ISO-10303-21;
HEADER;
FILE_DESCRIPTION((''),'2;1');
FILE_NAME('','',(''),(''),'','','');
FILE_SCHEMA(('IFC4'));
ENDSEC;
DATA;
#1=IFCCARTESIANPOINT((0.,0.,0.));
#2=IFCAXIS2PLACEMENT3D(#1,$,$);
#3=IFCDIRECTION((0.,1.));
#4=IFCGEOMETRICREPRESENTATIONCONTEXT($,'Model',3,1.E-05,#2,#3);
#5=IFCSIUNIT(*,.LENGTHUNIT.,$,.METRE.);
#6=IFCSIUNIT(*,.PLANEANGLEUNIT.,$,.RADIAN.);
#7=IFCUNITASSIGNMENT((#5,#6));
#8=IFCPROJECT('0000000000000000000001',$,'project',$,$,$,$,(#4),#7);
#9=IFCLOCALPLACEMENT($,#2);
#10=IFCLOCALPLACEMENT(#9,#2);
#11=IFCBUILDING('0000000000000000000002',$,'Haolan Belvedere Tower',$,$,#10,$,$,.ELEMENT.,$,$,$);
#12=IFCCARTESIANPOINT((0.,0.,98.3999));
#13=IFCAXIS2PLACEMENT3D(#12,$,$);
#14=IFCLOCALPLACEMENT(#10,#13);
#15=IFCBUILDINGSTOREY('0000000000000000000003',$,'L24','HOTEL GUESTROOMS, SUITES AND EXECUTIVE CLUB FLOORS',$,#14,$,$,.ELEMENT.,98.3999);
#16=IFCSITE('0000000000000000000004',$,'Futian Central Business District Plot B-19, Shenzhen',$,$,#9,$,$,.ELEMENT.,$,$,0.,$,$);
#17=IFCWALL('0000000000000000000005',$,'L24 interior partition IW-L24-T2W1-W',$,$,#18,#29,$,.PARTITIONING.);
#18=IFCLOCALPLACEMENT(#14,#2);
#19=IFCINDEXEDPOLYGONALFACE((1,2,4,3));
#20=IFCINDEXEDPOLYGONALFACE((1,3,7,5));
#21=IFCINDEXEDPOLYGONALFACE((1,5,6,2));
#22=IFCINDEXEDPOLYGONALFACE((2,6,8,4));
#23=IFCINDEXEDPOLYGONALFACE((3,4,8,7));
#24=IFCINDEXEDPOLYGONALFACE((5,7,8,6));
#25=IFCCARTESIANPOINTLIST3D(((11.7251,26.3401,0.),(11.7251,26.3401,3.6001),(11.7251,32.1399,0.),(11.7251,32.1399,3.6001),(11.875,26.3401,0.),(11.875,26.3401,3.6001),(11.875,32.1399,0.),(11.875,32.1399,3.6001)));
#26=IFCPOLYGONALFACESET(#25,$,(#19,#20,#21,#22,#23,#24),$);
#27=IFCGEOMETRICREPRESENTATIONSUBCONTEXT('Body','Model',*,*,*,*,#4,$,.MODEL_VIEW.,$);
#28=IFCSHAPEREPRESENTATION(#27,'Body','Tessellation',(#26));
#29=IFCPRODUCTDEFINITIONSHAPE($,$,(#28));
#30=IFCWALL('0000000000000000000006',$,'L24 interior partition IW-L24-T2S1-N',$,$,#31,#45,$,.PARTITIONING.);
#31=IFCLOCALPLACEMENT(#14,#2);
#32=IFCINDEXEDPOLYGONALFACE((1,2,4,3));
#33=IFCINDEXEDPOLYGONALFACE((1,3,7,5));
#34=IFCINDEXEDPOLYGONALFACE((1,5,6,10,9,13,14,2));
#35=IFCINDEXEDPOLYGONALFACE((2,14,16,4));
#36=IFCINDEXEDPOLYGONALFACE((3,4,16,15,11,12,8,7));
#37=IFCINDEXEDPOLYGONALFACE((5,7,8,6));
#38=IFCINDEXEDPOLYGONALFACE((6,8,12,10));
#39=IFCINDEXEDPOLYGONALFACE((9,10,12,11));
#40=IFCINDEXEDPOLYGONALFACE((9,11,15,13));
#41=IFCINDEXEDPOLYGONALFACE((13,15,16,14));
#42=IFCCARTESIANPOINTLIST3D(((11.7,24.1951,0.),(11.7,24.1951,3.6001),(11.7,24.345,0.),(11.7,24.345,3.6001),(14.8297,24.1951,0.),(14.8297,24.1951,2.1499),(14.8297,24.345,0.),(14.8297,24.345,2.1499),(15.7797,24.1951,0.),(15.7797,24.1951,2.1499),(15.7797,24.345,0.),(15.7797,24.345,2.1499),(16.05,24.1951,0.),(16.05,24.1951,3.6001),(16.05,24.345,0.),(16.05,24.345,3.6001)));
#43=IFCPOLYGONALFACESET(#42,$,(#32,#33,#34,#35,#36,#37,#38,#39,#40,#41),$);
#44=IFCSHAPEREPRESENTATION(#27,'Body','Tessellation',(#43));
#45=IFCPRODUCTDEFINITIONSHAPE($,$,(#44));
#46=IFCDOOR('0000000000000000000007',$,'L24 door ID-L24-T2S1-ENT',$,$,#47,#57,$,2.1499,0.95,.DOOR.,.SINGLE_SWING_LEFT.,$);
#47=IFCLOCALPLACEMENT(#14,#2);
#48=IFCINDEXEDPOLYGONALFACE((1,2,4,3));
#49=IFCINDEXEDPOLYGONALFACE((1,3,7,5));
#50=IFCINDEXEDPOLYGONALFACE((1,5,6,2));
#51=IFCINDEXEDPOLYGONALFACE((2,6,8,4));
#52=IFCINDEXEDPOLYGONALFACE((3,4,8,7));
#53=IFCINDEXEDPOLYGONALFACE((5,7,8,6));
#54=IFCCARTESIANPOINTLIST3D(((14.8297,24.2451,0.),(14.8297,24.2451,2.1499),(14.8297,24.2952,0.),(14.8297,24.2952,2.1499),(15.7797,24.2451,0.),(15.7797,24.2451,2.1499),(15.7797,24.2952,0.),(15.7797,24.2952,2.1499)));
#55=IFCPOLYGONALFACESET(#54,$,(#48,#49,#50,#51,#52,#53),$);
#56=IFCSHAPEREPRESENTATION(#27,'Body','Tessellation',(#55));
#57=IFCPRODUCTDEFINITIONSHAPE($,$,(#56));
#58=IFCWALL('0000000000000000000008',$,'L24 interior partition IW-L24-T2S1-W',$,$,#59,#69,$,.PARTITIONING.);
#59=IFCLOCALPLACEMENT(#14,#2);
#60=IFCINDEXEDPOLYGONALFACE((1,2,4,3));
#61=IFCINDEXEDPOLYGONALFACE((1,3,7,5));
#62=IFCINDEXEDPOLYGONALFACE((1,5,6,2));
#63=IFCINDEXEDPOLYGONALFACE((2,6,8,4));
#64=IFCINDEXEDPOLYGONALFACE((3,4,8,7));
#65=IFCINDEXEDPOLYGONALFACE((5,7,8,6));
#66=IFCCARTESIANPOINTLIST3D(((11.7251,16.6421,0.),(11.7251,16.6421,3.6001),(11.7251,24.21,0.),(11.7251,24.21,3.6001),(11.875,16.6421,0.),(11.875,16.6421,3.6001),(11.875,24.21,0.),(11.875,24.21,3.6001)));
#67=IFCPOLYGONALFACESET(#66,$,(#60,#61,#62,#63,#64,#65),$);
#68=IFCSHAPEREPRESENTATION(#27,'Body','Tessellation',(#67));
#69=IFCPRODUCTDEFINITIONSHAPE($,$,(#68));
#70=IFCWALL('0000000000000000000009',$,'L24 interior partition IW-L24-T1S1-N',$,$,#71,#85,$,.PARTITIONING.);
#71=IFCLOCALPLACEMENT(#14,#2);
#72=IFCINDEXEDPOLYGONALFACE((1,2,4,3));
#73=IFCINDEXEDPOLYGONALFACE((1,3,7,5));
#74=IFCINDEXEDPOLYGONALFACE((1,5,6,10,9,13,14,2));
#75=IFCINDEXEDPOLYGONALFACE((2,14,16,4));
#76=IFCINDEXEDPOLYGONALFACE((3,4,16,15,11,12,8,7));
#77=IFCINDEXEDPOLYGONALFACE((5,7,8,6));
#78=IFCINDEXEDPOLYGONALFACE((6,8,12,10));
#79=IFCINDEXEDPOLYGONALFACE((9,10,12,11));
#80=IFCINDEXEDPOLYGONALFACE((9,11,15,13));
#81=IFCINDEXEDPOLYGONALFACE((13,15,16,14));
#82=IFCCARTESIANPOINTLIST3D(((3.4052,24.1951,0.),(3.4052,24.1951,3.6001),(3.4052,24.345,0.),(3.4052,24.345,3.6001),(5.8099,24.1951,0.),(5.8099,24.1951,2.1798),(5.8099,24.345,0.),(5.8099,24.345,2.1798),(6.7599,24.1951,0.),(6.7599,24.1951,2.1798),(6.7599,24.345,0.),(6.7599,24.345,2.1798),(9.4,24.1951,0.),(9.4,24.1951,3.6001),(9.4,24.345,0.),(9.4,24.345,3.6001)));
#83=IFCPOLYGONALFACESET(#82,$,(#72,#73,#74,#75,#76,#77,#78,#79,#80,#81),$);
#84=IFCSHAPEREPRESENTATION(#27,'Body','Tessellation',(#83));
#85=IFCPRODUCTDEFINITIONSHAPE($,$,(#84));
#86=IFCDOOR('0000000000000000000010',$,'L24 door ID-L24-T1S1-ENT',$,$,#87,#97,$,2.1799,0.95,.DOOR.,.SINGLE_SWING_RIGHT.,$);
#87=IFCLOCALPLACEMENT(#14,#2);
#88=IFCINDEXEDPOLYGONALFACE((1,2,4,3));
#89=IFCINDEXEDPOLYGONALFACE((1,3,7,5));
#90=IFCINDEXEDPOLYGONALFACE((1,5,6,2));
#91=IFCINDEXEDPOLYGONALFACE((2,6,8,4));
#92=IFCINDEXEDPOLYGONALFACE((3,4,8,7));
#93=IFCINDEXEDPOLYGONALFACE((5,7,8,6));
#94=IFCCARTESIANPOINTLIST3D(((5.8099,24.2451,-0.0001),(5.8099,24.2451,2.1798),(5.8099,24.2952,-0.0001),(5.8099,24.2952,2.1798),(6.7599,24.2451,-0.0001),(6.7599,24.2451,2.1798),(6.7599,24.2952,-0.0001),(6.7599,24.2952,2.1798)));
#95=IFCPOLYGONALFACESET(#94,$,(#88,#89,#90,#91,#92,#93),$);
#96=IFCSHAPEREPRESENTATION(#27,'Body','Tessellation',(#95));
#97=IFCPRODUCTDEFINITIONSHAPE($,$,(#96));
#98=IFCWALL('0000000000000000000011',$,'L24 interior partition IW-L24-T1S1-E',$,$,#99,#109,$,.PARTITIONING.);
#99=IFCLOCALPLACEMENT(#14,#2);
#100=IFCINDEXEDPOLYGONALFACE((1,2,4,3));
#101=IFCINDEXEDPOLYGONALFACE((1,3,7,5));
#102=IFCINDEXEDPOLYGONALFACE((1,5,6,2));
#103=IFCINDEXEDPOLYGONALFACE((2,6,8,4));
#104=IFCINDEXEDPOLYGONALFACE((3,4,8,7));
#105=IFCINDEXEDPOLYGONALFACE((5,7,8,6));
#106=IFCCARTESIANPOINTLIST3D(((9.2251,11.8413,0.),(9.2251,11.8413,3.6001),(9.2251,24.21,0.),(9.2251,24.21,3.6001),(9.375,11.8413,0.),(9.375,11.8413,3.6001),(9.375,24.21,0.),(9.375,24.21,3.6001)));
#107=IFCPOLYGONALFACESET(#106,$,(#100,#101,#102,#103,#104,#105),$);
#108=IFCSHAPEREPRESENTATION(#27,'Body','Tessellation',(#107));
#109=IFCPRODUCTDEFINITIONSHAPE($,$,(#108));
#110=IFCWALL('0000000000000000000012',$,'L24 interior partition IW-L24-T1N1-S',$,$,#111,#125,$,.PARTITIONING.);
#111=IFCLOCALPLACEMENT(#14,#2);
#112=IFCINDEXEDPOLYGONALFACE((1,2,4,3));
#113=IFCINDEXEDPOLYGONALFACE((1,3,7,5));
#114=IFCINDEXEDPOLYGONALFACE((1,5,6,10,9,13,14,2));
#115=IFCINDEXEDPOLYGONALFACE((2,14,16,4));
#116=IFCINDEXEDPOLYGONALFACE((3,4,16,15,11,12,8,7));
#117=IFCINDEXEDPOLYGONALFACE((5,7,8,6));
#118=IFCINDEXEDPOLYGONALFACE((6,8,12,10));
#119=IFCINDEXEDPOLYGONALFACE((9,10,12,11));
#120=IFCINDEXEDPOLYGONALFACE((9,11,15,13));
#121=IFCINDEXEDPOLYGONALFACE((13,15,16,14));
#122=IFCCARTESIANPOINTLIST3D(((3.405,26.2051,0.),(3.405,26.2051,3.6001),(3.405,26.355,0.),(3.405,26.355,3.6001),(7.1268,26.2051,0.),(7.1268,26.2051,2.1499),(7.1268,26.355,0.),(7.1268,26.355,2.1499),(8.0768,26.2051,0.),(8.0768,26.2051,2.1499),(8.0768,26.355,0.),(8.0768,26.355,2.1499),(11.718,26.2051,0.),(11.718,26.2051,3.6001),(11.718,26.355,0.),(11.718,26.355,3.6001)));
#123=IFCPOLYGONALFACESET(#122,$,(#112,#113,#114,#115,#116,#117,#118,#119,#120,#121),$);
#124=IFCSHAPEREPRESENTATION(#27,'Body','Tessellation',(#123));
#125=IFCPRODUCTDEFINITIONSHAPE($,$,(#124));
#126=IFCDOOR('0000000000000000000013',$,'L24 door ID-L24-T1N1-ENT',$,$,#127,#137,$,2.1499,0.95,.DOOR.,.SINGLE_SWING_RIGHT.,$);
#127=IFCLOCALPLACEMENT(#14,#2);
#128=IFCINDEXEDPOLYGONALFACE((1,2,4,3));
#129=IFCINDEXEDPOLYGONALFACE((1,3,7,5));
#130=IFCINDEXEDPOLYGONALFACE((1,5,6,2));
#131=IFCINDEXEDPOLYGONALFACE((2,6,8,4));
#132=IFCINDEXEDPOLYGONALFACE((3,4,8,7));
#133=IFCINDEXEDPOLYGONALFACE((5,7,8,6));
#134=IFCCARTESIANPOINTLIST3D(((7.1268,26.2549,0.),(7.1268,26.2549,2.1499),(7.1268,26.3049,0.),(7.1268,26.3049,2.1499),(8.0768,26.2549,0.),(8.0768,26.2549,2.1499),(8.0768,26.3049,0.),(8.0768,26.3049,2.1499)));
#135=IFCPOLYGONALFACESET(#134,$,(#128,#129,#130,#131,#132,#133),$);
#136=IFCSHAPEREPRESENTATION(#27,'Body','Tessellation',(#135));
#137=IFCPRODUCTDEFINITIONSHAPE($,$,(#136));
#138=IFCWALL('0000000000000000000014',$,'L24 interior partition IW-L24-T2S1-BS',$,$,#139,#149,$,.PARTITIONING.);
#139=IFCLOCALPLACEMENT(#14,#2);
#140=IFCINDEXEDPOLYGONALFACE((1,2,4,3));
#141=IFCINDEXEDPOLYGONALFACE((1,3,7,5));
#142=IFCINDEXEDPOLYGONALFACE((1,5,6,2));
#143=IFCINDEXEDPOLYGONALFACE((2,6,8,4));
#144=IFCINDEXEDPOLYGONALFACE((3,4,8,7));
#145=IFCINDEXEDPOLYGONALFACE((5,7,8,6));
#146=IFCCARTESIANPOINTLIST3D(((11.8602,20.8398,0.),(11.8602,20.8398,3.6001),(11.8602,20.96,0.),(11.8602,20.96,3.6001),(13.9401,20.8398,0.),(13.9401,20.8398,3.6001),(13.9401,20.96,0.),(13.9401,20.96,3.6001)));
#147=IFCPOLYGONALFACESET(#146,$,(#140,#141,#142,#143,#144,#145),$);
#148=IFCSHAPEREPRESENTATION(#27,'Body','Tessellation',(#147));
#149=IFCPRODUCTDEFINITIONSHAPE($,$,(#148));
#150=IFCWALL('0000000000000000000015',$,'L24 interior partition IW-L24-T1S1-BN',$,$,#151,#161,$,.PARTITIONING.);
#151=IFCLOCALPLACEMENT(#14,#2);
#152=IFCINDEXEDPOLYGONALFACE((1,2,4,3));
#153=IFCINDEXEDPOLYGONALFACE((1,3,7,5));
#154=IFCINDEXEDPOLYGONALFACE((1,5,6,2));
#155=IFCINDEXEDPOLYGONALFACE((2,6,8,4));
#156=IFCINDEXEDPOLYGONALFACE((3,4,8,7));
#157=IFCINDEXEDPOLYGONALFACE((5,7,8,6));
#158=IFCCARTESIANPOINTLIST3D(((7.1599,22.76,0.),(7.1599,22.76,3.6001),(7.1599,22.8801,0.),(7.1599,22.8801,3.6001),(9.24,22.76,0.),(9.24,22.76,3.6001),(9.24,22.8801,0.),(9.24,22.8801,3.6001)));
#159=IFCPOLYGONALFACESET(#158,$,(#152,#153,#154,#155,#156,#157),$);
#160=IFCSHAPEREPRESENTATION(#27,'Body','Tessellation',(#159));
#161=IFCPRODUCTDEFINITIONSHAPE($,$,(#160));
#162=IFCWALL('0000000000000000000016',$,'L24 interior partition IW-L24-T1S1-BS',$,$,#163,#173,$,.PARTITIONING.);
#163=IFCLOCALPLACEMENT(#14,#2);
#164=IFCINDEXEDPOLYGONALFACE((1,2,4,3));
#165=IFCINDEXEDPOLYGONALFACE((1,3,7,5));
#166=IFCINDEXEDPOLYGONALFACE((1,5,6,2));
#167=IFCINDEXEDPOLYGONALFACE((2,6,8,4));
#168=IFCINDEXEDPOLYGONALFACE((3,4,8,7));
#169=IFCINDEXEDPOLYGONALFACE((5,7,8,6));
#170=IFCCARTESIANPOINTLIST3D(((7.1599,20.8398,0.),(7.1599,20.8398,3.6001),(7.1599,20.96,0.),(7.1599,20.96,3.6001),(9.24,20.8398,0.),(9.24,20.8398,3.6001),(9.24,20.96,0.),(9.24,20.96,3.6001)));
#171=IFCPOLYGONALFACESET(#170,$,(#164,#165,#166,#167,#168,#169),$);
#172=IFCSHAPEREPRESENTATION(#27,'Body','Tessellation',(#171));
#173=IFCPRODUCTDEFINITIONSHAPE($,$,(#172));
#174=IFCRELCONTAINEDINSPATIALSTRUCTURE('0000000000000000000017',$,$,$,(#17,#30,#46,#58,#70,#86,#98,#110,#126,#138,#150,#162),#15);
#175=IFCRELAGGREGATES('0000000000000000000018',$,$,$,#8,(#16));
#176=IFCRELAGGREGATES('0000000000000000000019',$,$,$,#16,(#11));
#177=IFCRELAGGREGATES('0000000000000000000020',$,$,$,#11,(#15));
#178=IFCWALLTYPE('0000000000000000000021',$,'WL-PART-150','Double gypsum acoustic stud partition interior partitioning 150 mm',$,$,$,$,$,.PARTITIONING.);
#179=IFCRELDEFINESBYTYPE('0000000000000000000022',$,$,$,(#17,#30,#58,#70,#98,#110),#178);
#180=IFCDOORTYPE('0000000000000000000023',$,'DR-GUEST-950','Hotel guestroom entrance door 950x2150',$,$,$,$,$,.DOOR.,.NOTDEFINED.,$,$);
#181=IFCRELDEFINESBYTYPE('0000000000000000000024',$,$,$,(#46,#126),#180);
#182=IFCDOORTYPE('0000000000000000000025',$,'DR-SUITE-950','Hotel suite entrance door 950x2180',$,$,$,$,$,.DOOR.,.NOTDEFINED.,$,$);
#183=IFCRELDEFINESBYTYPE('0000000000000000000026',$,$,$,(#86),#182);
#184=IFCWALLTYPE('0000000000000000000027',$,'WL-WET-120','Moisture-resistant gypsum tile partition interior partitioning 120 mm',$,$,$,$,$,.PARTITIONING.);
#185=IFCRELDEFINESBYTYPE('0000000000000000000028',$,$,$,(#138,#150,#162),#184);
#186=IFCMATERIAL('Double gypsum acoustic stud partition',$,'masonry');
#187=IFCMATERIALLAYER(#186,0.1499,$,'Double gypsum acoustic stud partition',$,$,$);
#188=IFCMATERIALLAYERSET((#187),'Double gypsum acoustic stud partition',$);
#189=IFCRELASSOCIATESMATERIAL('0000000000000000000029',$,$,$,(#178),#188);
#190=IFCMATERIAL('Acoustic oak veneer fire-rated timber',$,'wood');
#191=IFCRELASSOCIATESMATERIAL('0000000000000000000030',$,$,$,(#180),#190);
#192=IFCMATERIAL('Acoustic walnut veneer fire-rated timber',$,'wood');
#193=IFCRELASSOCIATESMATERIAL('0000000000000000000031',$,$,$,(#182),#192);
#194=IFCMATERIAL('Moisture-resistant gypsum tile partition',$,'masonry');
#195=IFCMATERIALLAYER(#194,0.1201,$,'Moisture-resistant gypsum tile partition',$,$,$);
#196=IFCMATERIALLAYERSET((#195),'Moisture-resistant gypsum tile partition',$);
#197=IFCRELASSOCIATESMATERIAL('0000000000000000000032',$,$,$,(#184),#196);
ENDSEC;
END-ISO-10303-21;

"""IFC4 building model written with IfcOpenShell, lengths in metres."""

from ifc_helpers import new_model, si_unit, direction, frame, frame_2d, origin, place, context, subcontext, project, spatial, rectangle, extrude, material, layer, layer_set, type_object, element, fill, save


model = new_model("IFC4")

# Units and contexts
model_context = context("Model", 3, precision=1e-05, world=origin(), true_north=direction((0.0, 1.0)))
body_context = subcontext(model_context, "Body", "Model", "MODEL_VIEW")
ifc_project = project(units=[si_unit("LENGTHUNIT", "METRE"), si_unit("PLANEANGLEUNIT", "RADIAN")], contexts=[model_context])

# Site, building, storey
site_placement = place(None, origin())
site = spatial("IfcSite", under=ifc_project, at=site_placement, Name="Futian Central Business District Plot B-19, Shenzhen", CompositionType="ELEMENT", RefElevation=0.0)
building_placement = place(site_placement, origin())
building = spatial("IfcBuilding", under=site, at=building_placement, Name="Haolan Belvedere Tower", CompositionType="ELEMENT")
storey_placement = place(building_placement, frame((0.0, 0.0, 98.3999)))
storey = spatial("IfcBuildingStorey", under=building, at=storey_placement, Name="L24", Description="HOTEL GUESTROOMS, SUITES AND EXECUTIVE CLUB FLOORS", CompositionType="ELEMENT", Elevation=98.3999)

# Wall
ifc_material_1 = material(Name="Double gypsum acoustic stud partition", Category="masonry")
ifc_layer_1 = layer(ifc_material_1, 0.1499, Name="Double gypsum acoustic stud partition")
ifc_layer_set_1 = layer_set([ifc_layer_1], Name="Double gypsum acoustic stud partition")
wall_type_1 = type_object("IfcWallType", Name="WL-PART-150", Description="Double gypsum acoustic stud partition interior partitioning 150 mm", PredefinedType="PARTITIONING", material=ifc_layer_set_1)
wall_1_placement = place(storey_placement, frame((11.8, 26.3401, 0.0), z_axis=(0.0, 0.0, 1.0), x_axis=(0.0, 1.0, 0.0)))
element("IfcWall", 1, at=wall_1_placement, inside=storey, type_object=wall_type_1, Name="L24 interior partition IW-L24-T2W1-W", PredefinedType="PARTITIONING", context=body_context, shape_type="SweptSolid", body=[
    extrude(rectangle(XDim=5.7998, YDim=0.1499, at=frame_2d((2.8999, 0.0))), origin(), (0.0, 0.0, 1.0), 3.6001),
])

# Wall, opening, door
wall_2_placement = place(storey_placement, frame((11.7, 24.27, 0.0), z_axis=(0.0, 0.0, 1.0), x_axis=(1.0, 0.0, 0.0)))
wall_2 = element("IfcWall", 2, at=wall_2_placement, inside=storey, type_object=wall_type_1, Name="L24 interior partition IW-L24-T2S1-N", PredefinedType="PARTITIONING", context=body_context, shape_type="SweptSolid", body=[
    extrude(rectangle(XDim=4.3501, YDim=0.1499, at=frame_2d((2.175, 0.0))), origin(), (0.0, 0.0, 1.0), 3.6001),
])
opening_1_placement = place(wall_2_placement, frame((4.0798, 0.0, 0.0), z_axis=(0.0, 0.0, 1.0), x_axis=(-1.0, 0.0, 0.0)))
opening_1 = element("IfcOpeningElement", 3, at=opening_1_placement, cuts=wall_2, PredefinedType="OPENING", context=body_context, shape_type="SweptSolid", body=[
    extrude(rectangle(XDim=0.95, YDim=2.1499, at=frame_2d((0.4751, 1.075))), frame((0.0, 0.085, 0.0), z_axis=(0.0, -1.0, 0.0), x_axis=(1.0, 0.0, 0.0)), (0.0, 0.0, 1.0), 0.1699),
])
ifc_material_2 = material(Name="Acoustic oak veneer fire-rated timber", Category="wood")
door_type_1 = type_object("IfcDoorType", Name="DR-GUEST-950", Description="Hotel guestroom entrance door 950x2150", OperationType="NOTDEFINED", PredefinedType="DOOR", material=ifc_material_2)
door_1_placement = place(opening_1_placement, origin())
door_1 = element("IfcDoor", 4, at=door_1_placement, inside=storey, type_object=door_type_1, Name="L24 door ID-L24-T2S1-ENT", OperationType="SINGLE_SWING_LEFT", OverallHeight=2.1499, OverallWidth=0.95, PredefinedType="DOOR", context=body_context, shape_type="SweptSolid", body=[
    extrude(rectangle(XDim=0.95, YDim=2.1499, at=frame_2d((0.4751, 1.075))), frame((0.0, 0.0249, 0.0), z_axis=(0.0, -1.0, 0.0), x_axis=(1.0, 0.0, 0.0)), (0.0, 0.0, 1.0), 0.05),
])
fill(opening_1, door_1)

# Wall
wall_3_placement = place(storey_placement, frame((11.8, 16.6421, 0.0), z_axis=(0.0, 0.0, 1.0), x_axis=(0.0, 1.0, 0.0)))
element("IfcWall", 5, at=wall_3_placement, inside=storey, type_object=wall_type_1, Name="L24 interior partition IW-L24-T2S1-W", PredefinedType="PARTITIONING", context=body_context, shape_type="SweptSolid", body=[
    extrude(rectangle(XDim=7.5679, YDim=0.1499, at=frame_2d((3.7839, 0.0))), origin(), (0.0, 0.0, 1.0), 3.6001),
])

# Wall, opening, door
wall_4_placement = place(storey_placement, frame((3.405, 24.27, 0.0), z_axis=(0.0, 0.0, 1.0), x_axis=(1.0, 0.0, 0.0)))
wall_4 = element("IfcWall", 6, at=wall_4_placement, inside=storey, type_object=wall_type_1, Name="L24 interior partition IW-L24-T1S1-N", PredefinedType="PARTITIONING", context=body_context, shape_type="SweptSolid", body=[
    extrude(rectangle(XDim=5.9949, YDim=0.1499, at=frame_2d((2.9976, 0.0))), origin(), (0.0, 0.0, 1.0), 3.6001),
])
opening_2_placement = place(wall_4_placement, frame((3.355, 0.0, 0.0), z_axis=(0.0, 0.0, 1.0), x_axis=(-1.0, 0.0, 0.0)))
opening_2 = element("IfcOpeningElement", 7, at=opening_2_placement, cuts=wall_4, PredefinedType="OPENING", context=body_context, shape_type="SweptSolid", body=[
    extrude(rectangle(XDim=0.95, YDim=2.1799, at=frame_2d((0.4751, 1.0898))), frame((0.0, 0.085, 0.0), z_axis=(0.0, -1.0, 0.0), x_axis=(1.0, 0.0, 0.0)), (0.0, 0.0, 1.0), 0.1699),
])
ifc_material_3 = material(Name="Acoustic walnut veneer fire-rated timber", Category="wood")
door_type_2 = type_object("IfcDoorType", Name="DR-SUITE-950", Description="Hotel suite entrance door 950x2180", OperationType="NOTDEFINED", PredefinedType="DOOR", material=ifc_material_3)
door_2_placement = place(opening_2_placement, origin())
door_2 = element("IfcDoor", 8, at=door_2_placement, inside=storey, type_object=door_type_2, Name="L24 door ID-L24-T1S1-ENT", OperationType="SINGLE_SWING_RIGHT", OverallHeight=2.1799, OverallWidth=0.95, PredefinedType="DOOR", context=body_context, shape_type="SweptSolid", body=[
    extrude(rectangle(XDim=0.95, YDim=2.1799, at=frame_2d((0.4751, 1.0898))), frame((0.0, 0.0249, 0.0), z_axis=(0.0, -1.0, 0.0), x_axis=(1.0, 0.0, 0.0)), (0.0, 0.0, 1.0), 0.05),
])
fill(opening_2, door_2)

# Wall
wall_5_placement = place(storey_placement, frame((9.3, 11.8413, 0.0), z_axis=(0.0, 0.0, 1.0), x_axis=(0.0, 1.0, 0.0)))
element("IfcWall", 9, at=wall_5_placement, inside=storey, type_object=wall_type_1, Name="L24 interior partition IW-L24-T1S1-E", PredefinedType="PARTITIONING", context=body_context, shape_type="SweptSolid", body=[
    extrude(rectangle(XDim=12.3687, YDim=0.1499, at=frame_2d((6.1843, 0.0))), origin(), (0.0, 0.0, 1.0), 3.6001),
])

# Wall, opening, door
wall_6_placement = place(storey_placement, frame((3.405, 26.28, 0.0), z_axis=(0.0, 0.0, 1.0), x_axis=(1.0, 0.0, 0.0)))
wall_6 = element("IfcWall", 10, at=wall_6_placement, inside=storey, type_object=wall_type_1, Name="L24 interior partition IW-L24-T1N1-S", PredefinedType="PARTITIONING", context=body_context, shape_type="SweptSolid", body=[
    extrude(rectangle(XDim=8.313, YDim=0.1499, at=frame_2d((4.1565, 0.0))), origin(), (0.0, 0.0, 1.0), 3.6001),
])
opening_3_placement = place(wall_6_placement, frame((3.7217, 0.0, 0.0)))
opening_3 = element("IfcOpeningElement", 11, at=opening_3_placement, cuts=wall_6, PredefinedType="OPENING", context=body_context, shape_type="SweptSolid", body=[
    extrude(rectangle(XDim=0.95, YDim=2.1499, at=frame_2d((0.4751, 1.075))), frame((0.0, 0.085, 0.0), z_axis=(0.0, -1.0, 0.0), x_axis=(1.0, 0.0, 0.0)), (0.0, 0.0, 1.0), 0.1699),
])
door_3_placement = place(opening_3_placement, origin())
door_3 = element("IfcDoor", 12, at=door_3_placement, inside=storey, type_object=door_type_1, Name="L24 door ID-L24-T1N1-ENT", OperationType="SINGLE_SWING_RIGHT", OverallHeight=2.1499, OverallWidth=0.95, PredefinedType="DOOR", context=body_context, shape_type="SweptSolid", body=[
    extrude(rectangle(XDim=0.95, YDim=2.1499, at=frame_2d((0.4751, 1.075))), frame((0.0, 0.0249, 0.0), z_axis=(0.0, -1.0, 0.0), x_axis=(1.0, 0.0, 0.0)), (0.0, 0.0, 1.0), 0.05),
])
fill(opening_3, door_3)

# Walls
ifc_material_4 = material(Name="Moisture-resistant gypsum tile partition", Category="masonry")
ifc_layer_2 = layer(ifc_material_4, 0.1201, Name="Moisture-resistant gypsum tile partition")
ifc_layer_set_2 = layer_set([ifc_layer_2], Name="Moisture-resistant gypsum tile partition")
wall_type_2 = type_object("IfcWallType", Name="WL-WET-120", Description="Moisture-resistant gypsum tile partition interior partitioning 120 mm", PredefinedType="PARTITIONING", material=ifc_layer_set_2)
wall_7_placement = place(storey_placement, frame((11.8601, 20.8999, 0.0), z_axis=(0.0, 0.0, 1.0), x_axis=(1.0, 0.0, 0.0)))
element("IfcWall", 13, at=wall_7_placement, inside=storey, type_object=wall_type_2, Name="L24 interior partition IW-L24-T2S1-BS", PredefinedType="PARTITIONING", context=body_context, shape_type="SweptSolid", body=[
    extrude(rectangle(XDim=2.0798, YDim=0.1201, at=frame_2d((1.04, 0.0))), origin(), (0.0, 0.0, 1.0), 3.6001),
])
for number, where, z_axis, x_axis, name in (
    (14, (7.1599, 22.8201, 0.0), (0.0, 0.0, 1.0), (1.0, 0.0, 0.0), "L24 interior partition IW-L24-T1S1-BN"),
    (15, (7.1599, 20.8999, 0.0), (0.0, 0.0, 1.0), (1.0, 0.0, 0.0), "L24 interior partition IW-L24-T1S1-BS"),
):
    element("IfcWall", number, at=place(storey_placement, frame(where, z_axis=z_axis, x_axis=x_axis)), inside=storey, type_object=wall_type_2, Name=name, PredefinedType="PARTITIONING", context=body_context, shape_type="SweptSolid", body=[
        extrude(rectangle(XDim=2.0801, YDim=0.1201, at=frame_2d((1.04, 0.0))), origin(), (0.0, 0.0, 1.0), 3.6001),
    ])

save(model, "model.ifc")
